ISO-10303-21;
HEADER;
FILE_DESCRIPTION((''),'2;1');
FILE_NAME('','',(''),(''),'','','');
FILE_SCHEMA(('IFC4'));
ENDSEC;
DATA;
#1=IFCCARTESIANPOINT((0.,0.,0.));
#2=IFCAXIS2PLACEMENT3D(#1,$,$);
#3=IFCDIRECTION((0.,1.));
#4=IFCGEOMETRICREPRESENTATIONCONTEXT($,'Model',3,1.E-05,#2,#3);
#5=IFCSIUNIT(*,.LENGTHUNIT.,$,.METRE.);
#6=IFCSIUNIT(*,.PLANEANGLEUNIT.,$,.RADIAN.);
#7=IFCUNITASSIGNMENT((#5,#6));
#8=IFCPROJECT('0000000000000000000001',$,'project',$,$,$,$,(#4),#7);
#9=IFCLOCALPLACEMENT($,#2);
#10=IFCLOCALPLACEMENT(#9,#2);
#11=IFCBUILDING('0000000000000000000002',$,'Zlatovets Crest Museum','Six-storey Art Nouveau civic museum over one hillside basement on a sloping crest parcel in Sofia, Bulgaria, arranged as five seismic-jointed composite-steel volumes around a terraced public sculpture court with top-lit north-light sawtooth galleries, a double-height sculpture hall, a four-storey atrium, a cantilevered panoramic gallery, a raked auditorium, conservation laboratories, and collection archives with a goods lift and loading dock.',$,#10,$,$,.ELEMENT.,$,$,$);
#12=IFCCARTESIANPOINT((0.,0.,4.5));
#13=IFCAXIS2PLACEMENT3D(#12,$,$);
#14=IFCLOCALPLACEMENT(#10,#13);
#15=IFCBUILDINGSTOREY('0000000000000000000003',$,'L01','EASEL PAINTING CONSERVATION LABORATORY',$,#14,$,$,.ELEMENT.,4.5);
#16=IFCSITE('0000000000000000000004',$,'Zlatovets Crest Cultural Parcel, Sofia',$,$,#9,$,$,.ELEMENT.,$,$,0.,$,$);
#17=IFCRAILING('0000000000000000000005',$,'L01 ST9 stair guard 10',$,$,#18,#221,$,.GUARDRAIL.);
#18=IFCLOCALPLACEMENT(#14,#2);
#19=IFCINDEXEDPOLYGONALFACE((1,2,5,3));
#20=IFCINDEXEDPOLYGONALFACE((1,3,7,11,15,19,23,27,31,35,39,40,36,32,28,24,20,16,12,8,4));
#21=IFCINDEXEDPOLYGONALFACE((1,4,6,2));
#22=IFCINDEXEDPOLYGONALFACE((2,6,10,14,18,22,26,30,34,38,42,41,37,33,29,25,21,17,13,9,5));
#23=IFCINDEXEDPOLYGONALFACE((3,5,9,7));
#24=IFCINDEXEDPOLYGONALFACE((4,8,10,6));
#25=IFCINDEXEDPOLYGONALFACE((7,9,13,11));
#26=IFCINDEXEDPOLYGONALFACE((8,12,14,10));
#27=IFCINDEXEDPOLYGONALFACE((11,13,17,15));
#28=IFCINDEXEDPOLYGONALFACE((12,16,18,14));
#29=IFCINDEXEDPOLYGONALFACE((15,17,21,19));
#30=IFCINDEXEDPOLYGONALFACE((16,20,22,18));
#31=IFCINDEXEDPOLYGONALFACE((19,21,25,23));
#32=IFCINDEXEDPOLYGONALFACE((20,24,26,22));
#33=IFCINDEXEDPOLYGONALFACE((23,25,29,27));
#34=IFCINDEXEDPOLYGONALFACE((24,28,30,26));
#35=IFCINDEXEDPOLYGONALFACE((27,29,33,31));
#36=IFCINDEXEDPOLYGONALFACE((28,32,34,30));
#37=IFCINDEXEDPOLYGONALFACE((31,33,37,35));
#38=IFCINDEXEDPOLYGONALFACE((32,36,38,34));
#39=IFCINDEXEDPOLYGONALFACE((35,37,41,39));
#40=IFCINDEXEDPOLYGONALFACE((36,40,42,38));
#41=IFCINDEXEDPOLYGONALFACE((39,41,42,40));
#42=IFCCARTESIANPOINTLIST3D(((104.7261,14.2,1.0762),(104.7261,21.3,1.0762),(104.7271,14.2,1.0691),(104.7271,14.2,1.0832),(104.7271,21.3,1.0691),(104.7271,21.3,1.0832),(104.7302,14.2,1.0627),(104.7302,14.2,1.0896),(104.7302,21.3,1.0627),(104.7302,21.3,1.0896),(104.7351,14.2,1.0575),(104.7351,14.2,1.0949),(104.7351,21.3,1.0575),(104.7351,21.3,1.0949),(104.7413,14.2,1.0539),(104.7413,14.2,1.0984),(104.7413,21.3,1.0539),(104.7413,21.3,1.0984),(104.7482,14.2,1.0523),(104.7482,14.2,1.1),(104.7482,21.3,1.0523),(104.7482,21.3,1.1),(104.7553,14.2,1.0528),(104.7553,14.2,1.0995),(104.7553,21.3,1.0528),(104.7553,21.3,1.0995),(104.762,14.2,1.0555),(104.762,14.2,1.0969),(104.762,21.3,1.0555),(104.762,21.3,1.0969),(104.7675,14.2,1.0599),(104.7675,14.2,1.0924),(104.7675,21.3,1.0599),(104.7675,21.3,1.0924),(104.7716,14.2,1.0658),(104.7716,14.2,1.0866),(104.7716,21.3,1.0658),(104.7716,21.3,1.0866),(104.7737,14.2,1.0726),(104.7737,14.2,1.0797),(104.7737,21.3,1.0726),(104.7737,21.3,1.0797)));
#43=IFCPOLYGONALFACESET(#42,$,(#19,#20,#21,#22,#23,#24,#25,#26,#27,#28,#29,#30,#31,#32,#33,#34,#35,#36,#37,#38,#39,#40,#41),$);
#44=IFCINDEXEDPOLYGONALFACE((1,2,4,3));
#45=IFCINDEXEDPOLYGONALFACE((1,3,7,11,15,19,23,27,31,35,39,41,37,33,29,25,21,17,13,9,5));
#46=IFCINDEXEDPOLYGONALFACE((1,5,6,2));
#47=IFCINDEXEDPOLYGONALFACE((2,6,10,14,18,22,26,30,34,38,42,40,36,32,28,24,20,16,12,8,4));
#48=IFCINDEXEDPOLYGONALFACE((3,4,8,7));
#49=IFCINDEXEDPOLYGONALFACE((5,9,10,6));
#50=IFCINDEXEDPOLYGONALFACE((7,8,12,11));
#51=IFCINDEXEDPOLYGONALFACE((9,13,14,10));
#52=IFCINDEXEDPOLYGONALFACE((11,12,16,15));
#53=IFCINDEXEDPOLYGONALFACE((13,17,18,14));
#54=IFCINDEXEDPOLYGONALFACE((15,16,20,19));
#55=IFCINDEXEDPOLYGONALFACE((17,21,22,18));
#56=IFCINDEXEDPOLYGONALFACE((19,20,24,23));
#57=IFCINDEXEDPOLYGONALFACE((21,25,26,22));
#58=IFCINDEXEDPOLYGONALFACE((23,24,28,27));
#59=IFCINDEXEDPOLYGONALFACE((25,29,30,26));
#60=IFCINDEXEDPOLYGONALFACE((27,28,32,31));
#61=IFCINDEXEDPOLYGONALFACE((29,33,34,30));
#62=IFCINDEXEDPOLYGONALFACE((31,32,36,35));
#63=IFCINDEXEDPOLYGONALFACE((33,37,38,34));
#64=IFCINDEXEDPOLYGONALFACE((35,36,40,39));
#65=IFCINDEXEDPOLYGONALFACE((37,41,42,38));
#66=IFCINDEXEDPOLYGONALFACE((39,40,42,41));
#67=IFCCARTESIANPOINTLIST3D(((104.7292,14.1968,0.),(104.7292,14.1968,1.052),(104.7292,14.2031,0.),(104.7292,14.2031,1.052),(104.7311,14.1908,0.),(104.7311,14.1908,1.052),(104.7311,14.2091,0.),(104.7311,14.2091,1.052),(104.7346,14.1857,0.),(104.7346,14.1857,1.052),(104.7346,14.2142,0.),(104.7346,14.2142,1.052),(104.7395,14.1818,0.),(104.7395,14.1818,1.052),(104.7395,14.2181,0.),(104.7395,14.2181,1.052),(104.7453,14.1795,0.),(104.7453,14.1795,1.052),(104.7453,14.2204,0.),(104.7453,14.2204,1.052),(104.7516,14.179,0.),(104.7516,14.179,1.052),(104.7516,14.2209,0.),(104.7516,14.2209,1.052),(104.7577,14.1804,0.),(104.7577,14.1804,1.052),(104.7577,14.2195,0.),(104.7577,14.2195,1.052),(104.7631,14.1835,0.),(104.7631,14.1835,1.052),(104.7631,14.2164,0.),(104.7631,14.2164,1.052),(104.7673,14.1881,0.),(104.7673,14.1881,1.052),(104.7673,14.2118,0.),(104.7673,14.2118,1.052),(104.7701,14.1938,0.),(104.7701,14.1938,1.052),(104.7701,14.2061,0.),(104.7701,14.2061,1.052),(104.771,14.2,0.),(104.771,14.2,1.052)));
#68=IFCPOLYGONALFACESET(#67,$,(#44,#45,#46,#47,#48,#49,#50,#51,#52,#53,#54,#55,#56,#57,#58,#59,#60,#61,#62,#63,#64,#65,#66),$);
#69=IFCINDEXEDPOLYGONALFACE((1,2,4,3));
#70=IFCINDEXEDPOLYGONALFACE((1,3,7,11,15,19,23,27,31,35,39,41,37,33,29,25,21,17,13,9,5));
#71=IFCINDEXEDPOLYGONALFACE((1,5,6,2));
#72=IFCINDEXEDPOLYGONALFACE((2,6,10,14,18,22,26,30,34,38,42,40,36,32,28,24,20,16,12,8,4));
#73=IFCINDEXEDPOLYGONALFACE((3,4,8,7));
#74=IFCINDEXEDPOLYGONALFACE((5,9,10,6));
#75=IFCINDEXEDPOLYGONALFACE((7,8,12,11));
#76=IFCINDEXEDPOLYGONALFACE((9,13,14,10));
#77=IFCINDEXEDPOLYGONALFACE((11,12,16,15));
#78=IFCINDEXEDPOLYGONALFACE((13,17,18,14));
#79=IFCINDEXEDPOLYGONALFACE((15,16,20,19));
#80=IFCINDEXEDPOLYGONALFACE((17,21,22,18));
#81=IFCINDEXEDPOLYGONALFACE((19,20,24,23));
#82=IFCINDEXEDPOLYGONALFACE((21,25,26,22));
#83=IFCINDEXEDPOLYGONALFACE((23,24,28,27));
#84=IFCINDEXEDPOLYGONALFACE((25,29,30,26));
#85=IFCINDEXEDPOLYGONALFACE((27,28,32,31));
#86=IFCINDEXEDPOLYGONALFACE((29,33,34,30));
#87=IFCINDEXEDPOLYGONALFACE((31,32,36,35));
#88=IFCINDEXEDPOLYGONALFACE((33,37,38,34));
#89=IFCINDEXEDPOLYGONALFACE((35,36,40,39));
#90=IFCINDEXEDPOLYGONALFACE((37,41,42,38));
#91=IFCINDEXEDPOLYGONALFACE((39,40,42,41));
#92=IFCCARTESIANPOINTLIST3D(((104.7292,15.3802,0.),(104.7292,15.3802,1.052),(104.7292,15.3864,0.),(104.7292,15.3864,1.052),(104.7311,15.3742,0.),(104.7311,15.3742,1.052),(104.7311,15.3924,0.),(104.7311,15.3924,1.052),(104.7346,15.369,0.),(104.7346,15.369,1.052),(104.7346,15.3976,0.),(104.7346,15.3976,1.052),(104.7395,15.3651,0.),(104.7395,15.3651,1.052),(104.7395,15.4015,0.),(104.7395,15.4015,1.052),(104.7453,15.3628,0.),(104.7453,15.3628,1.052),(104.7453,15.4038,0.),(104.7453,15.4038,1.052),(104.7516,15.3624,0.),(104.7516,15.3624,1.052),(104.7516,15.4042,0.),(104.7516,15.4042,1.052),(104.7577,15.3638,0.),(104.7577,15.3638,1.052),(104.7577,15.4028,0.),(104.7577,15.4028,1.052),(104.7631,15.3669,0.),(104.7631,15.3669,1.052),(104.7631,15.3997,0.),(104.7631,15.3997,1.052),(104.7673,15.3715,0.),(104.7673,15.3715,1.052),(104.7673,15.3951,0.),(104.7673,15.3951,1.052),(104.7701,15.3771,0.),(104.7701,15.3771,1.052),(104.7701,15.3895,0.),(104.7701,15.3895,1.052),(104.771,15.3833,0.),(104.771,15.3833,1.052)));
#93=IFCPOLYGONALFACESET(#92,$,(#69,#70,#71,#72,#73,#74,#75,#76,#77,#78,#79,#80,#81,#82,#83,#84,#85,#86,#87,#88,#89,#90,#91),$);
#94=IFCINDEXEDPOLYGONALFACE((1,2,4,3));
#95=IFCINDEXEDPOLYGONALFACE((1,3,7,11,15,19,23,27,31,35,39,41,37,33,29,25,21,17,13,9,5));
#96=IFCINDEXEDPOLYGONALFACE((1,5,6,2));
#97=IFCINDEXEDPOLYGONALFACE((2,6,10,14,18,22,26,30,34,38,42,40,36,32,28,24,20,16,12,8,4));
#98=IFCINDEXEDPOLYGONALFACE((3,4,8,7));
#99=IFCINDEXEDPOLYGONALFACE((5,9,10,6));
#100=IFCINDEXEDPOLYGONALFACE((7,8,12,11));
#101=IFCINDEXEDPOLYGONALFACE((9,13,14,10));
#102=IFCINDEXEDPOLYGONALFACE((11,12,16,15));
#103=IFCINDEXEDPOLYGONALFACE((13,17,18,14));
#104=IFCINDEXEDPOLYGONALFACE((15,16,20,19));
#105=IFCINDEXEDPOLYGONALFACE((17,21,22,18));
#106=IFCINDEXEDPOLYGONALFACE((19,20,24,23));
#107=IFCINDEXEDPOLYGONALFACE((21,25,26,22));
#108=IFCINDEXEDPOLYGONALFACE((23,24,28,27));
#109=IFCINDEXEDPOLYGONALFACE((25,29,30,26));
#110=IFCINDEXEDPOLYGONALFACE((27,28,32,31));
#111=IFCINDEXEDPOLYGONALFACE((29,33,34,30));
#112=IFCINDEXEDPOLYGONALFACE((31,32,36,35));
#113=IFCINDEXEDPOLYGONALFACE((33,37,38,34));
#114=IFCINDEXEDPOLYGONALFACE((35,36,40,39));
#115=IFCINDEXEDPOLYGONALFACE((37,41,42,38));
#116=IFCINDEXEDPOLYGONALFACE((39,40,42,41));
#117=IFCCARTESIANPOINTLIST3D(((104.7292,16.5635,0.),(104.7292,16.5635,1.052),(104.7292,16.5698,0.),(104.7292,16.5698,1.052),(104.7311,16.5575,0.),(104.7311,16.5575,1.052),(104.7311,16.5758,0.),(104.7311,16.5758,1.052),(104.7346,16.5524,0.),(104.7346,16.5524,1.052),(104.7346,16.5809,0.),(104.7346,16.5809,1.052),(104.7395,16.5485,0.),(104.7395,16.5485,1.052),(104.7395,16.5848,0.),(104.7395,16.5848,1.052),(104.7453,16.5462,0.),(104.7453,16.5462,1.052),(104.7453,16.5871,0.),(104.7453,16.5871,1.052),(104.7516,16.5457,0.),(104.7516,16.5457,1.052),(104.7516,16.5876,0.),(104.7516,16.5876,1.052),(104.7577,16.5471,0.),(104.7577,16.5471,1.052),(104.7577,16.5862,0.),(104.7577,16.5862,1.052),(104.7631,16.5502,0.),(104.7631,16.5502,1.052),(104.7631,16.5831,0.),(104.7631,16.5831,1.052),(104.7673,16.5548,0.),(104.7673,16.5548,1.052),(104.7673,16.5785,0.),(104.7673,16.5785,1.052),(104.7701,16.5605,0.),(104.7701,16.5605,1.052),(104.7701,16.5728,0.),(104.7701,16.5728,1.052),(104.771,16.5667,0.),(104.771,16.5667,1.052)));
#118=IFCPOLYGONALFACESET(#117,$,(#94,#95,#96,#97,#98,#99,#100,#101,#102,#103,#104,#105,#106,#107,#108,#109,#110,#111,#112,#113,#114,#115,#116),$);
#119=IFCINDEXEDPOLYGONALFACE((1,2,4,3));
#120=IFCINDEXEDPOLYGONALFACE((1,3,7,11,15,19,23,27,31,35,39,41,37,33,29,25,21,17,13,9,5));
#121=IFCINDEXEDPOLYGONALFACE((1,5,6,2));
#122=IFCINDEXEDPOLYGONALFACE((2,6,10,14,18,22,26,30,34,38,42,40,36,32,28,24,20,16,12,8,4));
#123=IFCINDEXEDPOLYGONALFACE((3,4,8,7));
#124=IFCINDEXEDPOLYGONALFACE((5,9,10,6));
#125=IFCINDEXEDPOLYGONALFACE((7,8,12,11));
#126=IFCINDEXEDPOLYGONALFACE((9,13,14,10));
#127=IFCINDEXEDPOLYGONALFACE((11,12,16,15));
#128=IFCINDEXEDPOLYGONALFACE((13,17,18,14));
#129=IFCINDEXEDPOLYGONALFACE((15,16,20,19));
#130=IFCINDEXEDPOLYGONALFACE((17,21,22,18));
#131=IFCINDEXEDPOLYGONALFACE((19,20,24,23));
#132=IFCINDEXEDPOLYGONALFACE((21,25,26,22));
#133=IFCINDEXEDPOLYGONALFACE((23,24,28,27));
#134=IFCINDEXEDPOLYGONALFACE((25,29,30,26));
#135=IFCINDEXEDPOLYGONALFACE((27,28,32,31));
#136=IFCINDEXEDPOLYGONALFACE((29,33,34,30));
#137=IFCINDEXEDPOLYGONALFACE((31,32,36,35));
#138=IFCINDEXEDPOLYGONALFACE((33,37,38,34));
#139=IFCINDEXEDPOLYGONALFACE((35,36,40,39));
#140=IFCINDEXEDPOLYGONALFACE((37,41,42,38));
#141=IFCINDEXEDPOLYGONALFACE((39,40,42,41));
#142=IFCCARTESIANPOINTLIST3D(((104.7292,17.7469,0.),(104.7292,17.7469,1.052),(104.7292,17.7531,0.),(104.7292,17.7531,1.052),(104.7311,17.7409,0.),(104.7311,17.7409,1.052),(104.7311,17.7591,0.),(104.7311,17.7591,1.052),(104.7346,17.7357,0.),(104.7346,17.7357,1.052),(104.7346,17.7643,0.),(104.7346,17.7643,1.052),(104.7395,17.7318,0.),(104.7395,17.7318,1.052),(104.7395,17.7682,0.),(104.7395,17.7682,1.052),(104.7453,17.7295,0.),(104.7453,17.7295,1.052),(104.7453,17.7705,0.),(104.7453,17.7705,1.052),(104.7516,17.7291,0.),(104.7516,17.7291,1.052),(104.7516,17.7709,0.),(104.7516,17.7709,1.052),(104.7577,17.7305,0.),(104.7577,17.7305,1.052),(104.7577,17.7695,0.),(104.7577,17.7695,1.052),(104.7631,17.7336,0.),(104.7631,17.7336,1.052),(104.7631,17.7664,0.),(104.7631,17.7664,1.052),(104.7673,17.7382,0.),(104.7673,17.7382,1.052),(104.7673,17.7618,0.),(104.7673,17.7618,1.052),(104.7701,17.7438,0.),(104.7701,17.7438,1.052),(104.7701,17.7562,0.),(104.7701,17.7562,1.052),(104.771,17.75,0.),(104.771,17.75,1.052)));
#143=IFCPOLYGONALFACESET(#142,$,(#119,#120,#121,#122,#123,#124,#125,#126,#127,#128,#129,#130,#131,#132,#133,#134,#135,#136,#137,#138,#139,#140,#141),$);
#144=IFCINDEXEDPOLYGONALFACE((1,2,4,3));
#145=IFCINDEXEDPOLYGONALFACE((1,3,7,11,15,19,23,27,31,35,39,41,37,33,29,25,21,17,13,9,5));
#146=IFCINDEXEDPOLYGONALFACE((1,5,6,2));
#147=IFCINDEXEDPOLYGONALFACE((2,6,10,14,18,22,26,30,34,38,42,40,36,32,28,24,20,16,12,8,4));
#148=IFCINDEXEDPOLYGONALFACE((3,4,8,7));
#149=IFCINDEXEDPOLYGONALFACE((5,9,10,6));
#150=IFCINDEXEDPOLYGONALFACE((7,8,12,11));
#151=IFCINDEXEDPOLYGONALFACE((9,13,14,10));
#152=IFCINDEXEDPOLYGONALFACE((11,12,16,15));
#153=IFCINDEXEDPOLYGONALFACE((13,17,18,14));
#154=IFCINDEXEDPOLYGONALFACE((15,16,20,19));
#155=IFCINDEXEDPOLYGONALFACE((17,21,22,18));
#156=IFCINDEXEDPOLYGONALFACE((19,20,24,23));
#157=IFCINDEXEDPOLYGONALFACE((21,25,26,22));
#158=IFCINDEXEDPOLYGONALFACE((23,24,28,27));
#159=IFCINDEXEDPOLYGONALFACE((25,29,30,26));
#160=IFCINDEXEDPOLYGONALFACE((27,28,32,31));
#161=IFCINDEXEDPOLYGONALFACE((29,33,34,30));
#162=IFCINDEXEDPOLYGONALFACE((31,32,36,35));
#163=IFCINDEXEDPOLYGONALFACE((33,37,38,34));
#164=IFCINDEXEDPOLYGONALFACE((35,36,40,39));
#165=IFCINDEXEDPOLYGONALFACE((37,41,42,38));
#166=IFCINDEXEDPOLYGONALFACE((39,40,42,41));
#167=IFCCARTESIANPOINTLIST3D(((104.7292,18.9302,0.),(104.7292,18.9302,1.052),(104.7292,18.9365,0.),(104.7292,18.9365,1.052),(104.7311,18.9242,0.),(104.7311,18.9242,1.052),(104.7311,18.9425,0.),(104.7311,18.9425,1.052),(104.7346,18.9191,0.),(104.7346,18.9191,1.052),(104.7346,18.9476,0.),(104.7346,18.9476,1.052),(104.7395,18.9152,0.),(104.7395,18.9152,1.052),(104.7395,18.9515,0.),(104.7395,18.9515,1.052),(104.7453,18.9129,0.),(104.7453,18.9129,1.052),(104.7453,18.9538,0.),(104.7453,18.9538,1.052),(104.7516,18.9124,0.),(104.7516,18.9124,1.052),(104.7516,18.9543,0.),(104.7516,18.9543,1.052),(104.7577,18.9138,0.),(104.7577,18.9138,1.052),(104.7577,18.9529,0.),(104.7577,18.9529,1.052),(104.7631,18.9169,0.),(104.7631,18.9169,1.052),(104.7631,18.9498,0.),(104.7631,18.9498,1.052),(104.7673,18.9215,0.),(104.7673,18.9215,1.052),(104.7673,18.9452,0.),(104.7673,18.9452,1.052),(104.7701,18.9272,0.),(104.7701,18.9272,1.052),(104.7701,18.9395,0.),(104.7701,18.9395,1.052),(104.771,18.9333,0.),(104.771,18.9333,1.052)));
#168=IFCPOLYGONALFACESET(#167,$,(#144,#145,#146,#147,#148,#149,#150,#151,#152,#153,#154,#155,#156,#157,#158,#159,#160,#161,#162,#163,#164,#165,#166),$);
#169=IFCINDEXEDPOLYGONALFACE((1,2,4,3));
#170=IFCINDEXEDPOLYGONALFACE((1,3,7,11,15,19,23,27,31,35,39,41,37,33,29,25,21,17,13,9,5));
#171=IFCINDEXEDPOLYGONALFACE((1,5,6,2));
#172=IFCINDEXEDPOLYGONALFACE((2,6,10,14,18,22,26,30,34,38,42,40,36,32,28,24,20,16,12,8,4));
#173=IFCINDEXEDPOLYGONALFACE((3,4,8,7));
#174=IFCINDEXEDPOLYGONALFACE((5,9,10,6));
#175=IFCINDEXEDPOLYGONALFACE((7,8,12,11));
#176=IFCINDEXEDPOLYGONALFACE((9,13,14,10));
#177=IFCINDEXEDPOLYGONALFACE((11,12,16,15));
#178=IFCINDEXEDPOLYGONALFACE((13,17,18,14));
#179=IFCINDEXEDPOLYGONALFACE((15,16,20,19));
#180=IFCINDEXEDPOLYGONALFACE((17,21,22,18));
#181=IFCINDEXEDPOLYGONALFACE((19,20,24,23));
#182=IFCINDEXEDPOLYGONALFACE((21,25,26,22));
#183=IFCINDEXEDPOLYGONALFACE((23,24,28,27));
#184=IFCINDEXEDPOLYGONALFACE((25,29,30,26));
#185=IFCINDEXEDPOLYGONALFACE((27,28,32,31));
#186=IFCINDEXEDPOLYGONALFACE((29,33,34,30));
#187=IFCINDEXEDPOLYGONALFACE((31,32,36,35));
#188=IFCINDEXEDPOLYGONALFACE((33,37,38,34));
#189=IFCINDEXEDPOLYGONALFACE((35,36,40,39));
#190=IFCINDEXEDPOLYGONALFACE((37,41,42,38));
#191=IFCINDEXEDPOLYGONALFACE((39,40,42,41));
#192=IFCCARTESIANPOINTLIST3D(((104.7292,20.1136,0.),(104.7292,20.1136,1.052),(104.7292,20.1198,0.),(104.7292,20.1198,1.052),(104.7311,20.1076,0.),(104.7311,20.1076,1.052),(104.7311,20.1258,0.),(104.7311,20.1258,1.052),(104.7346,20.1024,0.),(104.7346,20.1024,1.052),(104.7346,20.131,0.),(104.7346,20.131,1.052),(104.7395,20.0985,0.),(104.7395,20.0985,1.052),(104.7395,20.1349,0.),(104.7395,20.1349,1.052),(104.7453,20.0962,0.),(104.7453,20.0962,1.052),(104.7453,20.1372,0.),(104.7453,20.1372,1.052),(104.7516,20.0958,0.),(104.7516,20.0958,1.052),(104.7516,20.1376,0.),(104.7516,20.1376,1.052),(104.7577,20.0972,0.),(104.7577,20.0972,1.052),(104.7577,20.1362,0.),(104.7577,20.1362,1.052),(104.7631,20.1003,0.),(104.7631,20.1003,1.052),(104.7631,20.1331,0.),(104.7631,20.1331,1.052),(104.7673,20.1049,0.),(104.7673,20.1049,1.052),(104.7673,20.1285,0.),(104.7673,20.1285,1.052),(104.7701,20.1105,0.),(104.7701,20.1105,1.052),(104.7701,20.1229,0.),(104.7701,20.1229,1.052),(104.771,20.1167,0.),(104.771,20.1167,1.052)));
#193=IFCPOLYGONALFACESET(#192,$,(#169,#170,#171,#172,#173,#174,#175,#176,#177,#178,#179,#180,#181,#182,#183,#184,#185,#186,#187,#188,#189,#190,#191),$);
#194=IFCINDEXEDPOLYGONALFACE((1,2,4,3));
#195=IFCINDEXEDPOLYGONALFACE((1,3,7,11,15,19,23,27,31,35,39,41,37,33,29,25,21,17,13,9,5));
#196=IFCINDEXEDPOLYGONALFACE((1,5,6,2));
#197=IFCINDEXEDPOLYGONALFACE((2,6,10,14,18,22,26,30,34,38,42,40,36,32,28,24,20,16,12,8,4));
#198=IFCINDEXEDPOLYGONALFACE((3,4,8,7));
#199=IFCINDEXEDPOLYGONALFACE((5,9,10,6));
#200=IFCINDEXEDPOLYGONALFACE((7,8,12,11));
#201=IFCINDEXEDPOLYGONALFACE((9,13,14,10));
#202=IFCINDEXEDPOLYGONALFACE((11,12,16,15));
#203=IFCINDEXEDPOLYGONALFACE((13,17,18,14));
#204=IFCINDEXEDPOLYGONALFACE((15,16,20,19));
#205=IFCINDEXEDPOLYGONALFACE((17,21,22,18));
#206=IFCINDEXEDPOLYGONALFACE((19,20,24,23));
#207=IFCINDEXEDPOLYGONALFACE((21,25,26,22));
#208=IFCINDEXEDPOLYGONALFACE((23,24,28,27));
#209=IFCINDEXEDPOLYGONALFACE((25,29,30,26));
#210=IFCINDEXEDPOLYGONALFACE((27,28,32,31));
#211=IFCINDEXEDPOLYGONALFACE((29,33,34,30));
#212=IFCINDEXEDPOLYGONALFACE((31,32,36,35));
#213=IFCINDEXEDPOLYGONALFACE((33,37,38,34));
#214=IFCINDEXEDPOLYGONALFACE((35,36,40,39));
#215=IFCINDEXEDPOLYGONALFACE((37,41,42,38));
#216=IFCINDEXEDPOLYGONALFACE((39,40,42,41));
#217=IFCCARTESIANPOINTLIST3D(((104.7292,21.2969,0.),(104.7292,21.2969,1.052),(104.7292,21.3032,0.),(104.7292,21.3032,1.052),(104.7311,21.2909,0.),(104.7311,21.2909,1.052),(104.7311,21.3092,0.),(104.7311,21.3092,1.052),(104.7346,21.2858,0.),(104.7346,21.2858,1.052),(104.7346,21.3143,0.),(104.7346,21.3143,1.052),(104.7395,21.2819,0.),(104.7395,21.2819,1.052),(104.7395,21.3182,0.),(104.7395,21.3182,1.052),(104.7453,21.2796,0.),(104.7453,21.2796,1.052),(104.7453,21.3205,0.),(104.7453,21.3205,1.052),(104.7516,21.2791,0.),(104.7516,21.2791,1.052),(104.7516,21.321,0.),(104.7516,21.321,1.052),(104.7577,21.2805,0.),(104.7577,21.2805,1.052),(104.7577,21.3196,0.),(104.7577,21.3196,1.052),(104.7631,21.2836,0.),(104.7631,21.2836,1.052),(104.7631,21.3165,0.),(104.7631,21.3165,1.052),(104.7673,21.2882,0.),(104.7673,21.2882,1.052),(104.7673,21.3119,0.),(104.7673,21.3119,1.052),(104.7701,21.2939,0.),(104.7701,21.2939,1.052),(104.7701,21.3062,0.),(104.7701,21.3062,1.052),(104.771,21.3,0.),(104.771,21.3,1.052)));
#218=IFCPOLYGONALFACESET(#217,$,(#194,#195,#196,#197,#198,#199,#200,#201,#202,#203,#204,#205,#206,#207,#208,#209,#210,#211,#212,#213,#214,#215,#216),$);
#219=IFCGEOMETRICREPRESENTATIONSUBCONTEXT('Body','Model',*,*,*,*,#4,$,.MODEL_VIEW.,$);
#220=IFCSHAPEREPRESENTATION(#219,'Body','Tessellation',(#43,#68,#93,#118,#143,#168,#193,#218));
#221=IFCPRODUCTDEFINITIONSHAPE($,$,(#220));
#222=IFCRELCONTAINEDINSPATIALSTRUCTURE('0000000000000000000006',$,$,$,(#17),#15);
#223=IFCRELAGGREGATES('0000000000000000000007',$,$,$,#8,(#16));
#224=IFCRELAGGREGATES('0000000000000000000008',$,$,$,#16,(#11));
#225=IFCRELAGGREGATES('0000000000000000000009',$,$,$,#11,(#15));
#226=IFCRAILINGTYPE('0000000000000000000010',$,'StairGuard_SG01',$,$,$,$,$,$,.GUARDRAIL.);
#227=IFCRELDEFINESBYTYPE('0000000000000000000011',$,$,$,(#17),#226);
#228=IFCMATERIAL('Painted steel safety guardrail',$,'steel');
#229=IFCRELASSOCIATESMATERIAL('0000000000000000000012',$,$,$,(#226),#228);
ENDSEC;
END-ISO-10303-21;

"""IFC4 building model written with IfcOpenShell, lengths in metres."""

from ifc_helpers import new_model, si_unit, direction, frame, origin, origin_2d, place, context, subcontext, project, spatial, circle, extrude, material, type_object, element, save


model = new_model("IFC4")

# Units and contexts
model_context = context("Model", 3, precision=1e-05, world=origin(), true_north=direction((0.0, 1.0)))
body_context = subcontext(model_context, "Body", "Model", "MODEL_VIEW")
ifc_project = project(units=[si_unit("LENGTHUNIT", "METRE"), si_unit("PLANEANGLEUNIT", "RADIAN")], contexts=[model_context])

# Site, building, storey
site_placement = place(None, origin())
site = spatial("IfcSite", under=ifc_project, at=site_placement, Name="Zlatovets Crest Cultural Parcel, Sofia", CompositionType="ELEMENT", RefElevation=0.0)
building_placement = place(site_placement, origin())
building = spatial("IfcBuilding", under=site, at=building_placement, Name="Zlatovets Crest Museum", Description="Six-storey Art Nouveau civic museum over one hillside basement on a sloping crest parcel in Sofia, Bulgaria, arranged as five seismic-jointed composite-steel volumes around a terraced public sculpture court with top-lit north-light sawtooth galleries, a double-height sculpture hall, a four-storey atrium, a cantilevered panoramic gallery, a raked auditorium, conservation laboratories, and collection archives with a goods lift and loading dock.", CompositionType="ELEMENT")
storey_placement = place(building_placement, frame((0.0, 0.0, 4.5)))
storey = spatial("IfcBuildingStorey", under=building, at=storey_placement, Name="L01", Description="EASEL PAINTING CONSERVATION LABORATORY", CompositionType="ELEMENT", Elevation=4.5)

# Railing
ifc_material_1 = material(Name="Painted steel safety guardrail", Category="steel")
railing_type_1 = type_object("IfcRailingType", Name="StairGuard_SG01", PredefinedType="GUARDRAIL", material=ifc_material_1)
for number, where, name in (
    (1, (104.75, 14.2, 0.0), "L01 ST9 stair guard 10"),
):
    element("IfcRailing", number, at=place(storey_placement, frame(where)), inside=storey, type_object=railing_type_1, Name=name, PredefinedType="GUARDRAIL", context=body_context, shape_type="SweptSolid", body=[
        extrude(circle(Radius=0.0239, at=origin_2d()), frame((0.0, 0.0, 1.0762), z_axis=(0.0, 1.0, 0.0), x_axis=(-1.0, 0.0, 0.0)), (0.0, 0.0, 1.0), 7.1001),
        extrude(circle(Radius=0.021, at=origin_2d()), origin(), (0.0, 0.0, 1.0), 1.052),
        extrude(circle(Radius=0.021, at=origin_2d()), frame((0.0, 1.1833, 0.0)), (0.0, 0.0, 1.0), 1.052),
        extrude(circle(Radius=0.021, at=origin_2d()), frame((0.0, 2.3667, 0.0)), (0.0, 0.0, 1.0), 1.052),
        extrude(circle(Radius=0.021, at=origin_2d()), frame((0.0, 3.55, 0.0)), (0.0, 0.0, 1.0), 1.052),
        extrude(circle(Radius=0.021, at=origin_2d()), frame((0.0, 4.7334, 0.0)), (0.0, 0.0, 1.0), 1.052),
        extrude(circle(Radius=0.021, at=origin_2d()), frame((0.0, 5.9167, 0.0)), (0.0, 0.0, 1.0), 1.052),
        extrude(circle(Radius=0.021, at=origin_2d()), frame((0.0, 7.1001, 0.0)), (0.0, 0.0, 1.0), 1.052),
    ])

save(model, "model.ifc")
